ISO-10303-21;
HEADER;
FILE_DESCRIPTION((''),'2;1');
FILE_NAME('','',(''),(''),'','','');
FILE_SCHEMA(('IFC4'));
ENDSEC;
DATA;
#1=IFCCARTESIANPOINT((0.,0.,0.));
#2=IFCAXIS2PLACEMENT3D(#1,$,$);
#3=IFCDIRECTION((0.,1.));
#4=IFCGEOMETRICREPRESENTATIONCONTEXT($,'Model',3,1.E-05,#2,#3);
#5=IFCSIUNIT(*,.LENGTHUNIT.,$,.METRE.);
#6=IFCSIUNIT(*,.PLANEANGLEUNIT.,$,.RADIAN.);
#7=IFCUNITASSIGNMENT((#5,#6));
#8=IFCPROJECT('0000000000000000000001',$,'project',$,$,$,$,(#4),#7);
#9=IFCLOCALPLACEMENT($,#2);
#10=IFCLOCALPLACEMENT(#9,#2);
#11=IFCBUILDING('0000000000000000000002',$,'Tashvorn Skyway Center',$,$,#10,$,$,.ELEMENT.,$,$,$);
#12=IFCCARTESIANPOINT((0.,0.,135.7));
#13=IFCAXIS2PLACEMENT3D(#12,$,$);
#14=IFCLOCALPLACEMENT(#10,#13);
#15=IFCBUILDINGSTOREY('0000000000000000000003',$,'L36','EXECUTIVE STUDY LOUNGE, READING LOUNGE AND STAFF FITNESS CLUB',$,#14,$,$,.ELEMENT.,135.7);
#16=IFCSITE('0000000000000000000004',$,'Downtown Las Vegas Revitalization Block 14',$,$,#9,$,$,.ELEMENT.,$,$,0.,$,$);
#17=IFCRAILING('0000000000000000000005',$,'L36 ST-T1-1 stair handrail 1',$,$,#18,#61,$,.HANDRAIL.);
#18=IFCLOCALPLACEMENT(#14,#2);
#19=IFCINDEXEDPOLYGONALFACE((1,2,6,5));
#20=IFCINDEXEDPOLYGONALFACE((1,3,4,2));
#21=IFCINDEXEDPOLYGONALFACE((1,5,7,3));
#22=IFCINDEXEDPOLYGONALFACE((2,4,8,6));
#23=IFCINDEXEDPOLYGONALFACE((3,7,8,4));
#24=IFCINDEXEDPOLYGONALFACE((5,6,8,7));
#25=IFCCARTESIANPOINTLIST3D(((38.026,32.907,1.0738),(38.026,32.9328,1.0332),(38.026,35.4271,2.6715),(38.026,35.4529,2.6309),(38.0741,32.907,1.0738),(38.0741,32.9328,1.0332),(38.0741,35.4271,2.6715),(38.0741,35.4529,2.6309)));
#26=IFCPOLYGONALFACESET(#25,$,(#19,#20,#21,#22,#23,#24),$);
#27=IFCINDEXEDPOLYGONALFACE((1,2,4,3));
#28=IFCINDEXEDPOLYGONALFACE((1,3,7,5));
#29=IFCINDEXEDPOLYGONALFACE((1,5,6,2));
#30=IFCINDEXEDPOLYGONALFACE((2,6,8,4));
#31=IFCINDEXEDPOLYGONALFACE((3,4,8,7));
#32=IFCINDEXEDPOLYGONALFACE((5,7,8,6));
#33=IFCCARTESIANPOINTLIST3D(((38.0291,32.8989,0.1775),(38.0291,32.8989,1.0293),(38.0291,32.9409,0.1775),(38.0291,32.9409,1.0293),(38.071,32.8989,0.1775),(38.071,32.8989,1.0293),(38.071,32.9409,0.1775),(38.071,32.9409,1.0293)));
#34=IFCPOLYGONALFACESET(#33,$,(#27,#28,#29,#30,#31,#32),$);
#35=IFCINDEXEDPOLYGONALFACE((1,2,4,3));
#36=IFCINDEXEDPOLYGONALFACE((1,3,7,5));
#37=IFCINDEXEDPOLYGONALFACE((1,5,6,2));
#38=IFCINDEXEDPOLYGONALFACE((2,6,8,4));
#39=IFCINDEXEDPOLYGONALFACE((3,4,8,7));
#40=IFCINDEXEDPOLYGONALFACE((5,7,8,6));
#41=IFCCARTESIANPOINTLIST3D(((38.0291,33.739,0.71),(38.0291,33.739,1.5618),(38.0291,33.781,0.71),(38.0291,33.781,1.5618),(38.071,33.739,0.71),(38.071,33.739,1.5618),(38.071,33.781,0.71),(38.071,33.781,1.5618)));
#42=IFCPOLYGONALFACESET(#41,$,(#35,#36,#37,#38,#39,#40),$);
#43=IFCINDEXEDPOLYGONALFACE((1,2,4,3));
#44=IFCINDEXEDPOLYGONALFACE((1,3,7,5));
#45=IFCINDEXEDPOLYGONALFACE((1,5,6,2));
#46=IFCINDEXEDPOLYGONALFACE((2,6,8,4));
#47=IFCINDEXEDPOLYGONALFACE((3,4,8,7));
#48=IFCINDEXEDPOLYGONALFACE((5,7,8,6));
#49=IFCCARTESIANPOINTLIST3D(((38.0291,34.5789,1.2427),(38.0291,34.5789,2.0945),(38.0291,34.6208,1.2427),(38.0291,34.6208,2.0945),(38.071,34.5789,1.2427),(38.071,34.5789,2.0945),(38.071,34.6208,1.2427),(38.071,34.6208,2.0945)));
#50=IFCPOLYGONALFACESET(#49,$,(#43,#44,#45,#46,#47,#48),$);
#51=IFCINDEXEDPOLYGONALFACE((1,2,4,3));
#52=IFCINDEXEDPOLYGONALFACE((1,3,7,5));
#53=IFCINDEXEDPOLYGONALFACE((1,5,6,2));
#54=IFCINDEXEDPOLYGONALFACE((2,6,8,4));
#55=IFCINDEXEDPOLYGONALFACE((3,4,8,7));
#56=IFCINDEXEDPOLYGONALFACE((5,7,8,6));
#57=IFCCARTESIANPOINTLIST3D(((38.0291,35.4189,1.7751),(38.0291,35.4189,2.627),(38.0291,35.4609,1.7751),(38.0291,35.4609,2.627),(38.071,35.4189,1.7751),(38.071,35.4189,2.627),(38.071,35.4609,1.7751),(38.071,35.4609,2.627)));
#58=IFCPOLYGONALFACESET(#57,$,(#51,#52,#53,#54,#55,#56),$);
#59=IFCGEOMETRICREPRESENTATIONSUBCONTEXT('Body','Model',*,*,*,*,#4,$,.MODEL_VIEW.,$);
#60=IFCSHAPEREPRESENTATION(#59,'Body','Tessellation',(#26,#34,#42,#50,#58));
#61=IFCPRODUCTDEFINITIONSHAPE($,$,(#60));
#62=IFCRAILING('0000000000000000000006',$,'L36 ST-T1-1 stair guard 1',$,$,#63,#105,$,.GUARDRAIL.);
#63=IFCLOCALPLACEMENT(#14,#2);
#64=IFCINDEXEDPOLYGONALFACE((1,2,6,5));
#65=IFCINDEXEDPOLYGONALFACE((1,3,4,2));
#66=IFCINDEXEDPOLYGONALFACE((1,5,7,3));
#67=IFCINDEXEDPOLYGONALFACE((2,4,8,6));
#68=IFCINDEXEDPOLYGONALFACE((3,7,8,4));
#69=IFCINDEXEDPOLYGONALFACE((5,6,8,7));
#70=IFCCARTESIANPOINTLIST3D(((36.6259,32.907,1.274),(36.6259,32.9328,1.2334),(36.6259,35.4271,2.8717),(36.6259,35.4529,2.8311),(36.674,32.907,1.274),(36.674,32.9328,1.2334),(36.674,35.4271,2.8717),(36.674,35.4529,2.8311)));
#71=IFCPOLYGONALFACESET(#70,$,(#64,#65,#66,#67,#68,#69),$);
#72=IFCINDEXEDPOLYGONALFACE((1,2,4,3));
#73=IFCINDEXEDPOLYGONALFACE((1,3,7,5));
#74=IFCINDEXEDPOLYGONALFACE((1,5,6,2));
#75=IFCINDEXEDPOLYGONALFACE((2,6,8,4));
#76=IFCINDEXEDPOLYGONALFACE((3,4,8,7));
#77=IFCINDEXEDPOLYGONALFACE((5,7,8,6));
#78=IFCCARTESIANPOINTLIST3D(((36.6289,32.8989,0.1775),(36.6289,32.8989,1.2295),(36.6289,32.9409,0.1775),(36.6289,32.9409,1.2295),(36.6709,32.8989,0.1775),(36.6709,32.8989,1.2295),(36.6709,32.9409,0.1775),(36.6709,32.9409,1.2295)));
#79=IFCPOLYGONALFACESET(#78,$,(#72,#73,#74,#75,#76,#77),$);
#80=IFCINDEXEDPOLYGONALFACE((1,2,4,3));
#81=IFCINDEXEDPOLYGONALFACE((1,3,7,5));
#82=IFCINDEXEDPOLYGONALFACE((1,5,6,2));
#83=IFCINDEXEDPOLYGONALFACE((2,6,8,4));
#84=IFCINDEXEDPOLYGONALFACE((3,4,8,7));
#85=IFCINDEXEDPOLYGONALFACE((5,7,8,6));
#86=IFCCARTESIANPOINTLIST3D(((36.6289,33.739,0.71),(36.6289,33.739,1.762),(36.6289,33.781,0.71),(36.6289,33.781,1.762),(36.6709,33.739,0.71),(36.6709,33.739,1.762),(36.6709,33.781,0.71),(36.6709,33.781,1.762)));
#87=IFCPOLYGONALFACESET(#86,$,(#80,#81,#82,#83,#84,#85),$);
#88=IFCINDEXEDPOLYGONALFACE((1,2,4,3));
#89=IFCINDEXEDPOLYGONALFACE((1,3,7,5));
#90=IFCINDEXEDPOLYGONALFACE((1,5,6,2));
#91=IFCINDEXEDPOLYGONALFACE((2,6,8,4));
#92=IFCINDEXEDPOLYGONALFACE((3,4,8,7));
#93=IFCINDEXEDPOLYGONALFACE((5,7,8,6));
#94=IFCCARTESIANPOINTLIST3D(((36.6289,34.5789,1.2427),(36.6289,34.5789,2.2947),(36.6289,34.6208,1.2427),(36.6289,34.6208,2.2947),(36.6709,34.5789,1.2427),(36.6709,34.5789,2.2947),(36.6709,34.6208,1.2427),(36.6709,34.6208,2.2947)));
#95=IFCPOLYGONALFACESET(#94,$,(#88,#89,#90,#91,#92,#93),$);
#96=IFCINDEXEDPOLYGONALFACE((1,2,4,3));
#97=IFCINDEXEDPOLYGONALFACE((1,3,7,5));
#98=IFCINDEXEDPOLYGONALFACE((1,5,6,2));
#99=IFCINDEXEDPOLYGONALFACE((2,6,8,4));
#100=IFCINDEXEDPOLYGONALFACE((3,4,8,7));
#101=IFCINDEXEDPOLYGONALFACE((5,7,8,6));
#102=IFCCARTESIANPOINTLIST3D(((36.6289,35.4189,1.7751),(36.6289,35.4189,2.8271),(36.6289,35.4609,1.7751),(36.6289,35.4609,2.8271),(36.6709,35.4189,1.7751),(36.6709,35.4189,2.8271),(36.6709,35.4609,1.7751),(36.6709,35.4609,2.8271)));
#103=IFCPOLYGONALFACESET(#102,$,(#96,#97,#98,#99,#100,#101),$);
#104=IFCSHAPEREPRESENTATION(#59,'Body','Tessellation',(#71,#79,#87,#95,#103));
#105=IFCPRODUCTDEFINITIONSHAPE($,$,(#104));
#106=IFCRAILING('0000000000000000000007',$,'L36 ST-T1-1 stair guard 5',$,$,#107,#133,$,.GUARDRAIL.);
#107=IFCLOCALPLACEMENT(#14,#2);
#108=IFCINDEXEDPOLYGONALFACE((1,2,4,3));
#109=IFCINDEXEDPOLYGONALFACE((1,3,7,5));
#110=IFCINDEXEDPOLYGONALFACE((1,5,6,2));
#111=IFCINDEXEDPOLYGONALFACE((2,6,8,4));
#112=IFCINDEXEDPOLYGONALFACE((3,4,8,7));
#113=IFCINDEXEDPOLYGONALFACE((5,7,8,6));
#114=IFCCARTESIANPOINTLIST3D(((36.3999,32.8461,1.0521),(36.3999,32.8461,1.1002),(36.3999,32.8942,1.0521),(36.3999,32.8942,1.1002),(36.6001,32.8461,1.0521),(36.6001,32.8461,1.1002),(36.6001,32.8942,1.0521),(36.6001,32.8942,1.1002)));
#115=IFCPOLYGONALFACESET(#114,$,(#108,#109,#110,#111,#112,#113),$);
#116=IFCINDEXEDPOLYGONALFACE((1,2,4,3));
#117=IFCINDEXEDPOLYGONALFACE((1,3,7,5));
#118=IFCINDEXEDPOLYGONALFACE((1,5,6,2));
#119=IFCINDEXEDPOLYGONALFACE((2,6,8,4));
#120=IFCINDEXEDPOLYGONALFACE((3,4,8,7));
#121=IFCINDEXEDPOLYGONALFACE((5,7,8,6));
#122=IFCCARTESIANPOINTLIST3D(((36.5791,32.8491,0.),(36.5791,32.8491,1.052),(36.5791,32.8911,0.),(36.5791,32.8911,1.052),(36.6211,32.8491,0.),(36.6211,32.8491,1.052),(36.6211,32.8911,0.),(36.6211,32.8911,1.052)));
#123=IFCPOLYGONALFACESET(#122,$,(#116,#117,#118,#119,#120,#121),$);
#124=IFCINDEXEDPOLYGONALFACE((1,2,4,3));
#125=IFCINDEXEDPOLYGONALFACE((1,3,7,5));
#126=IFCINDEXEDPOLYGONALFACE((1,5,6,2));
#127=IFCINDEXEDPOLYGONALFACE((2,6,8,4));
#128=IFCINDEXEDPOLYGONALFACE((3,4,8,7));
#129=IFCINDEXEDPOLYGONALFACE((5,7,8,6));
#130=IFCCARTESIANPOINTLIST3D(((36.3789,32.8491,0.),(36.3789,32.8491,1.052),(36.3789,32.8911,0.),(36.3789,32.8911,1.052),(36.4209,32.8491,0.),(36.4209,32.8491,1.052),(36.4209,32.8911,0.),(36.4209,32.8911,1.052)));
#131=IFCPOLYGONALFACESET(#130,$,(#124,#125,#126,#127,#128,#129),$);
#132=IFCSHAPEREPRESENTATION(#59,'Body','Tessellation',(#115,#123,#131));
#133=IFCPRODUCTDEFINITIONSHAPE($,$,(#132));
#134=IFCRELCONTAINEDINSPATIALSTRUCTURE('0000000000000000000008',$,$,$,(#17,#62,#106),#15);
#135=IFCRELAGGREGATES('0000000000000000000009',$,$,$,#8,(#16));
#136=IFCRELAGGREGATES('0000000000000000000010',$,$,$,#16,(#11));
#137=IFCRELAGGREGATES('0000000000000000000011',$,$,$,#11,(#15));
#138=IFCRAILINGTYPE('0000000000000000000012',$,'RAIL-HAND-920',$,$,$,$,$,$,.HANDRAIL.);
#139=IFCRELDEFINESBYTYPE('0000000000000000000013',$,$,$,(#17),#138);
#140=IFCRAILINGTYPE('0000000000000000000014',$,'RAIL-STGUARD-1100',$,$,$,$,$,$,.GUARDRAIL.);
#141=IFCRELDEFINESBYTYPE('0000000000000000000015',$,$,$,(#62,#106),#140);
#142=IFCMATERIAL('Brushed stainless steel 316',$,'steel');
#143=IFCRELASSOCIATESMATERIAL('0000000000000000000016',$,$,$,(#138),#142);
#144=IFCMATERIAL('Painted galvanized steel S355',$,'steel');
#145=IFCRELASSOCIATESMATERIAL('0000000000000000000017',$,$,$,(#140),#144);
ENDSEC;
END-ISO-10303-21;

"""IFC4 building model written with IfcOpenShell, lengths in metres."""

from ifc_helpers import new_model, si_unit, direction, frame, origin, origin_2d, place, context, subcontext, project, spatial, rectangle, extrude, material, type_object, element, save


model = new_model("IFC4")

# Units and contexts
model_context = context("Model", 3, precision=1e-05, world=origin(), true_north=direction((0.0, 1.0)))
body_context = subcontext(model_context, "Body", "Model", "MODEL_VIEW")
ifc_project = project(units=[si_unit("LENGTHUNIT", "METRE"), si_unit("PLANEANGLEUNIT", "RADIAN")], contexts=[model_context])

# Site, building, storey
site_placement = place(None, origin())
site = spatial("IfcSite", under=ifc_project, at=site_placement, Name="Downtown Las Vegas Revitalization Block 14", CompositionType="ELEMENT", RefElevation=0.0)
building_placement = place(site_placement, origin())
building = spatial("IfcBuilding", under=site, at=building_placement, Name="Tashvorn Skyway Center", CompositionType="ELEMENT")
storey_placement = place(building_placement, frame((0.0, 0.0, 135.7)))
storey = spatial("IfcBuildingStorey", under=building, at=storey_placement, Name="L36", Description="EXECUTIVE STUDY LOUNGE, READING LOUNGE AND STAFF FITNESS CLUB", CompositionType="ELEMENT", Elevation=135.7)

# Railings
ifc_material_1 = material(Name="Brushed stainless steel 316", Category="steel")
railing_type_1 = type_object("IfcRailingType", Name="RAIL-HAND-920", PredefinedType="HANDRAIL", material=ifc_material_1)
railing_1_placement = place(storey_placement, frame((38.05, 32.9199, 0.1775)))
element("IfcRailing", 1, at=railing_1_placement, inside=storey, type_object=railing_type_1, Name="L36 ST-T1-1 stair handrail 1", PredefinedType="HANDRAIL", context=body_context, shape_type="SweptSolid", body=[
    extrude(rectangle(XDim=0.0481, YDim=0.0481, at=origin_2d()), frame((0.0, 0.0, 0.876), z_axis=(0.0, 0.84457, 0.535445), x_axis=(-1.0, 0.0, 0.0)), (0.0, 0.0, 1.0), 2.9839),
    extrude(rectangle(XDim=0.042, YDim=0.042, at=origin_2d()), origin(), (0.0, 0.0, 1.0), 0.8518),
    extrude(rectangle(XDim=0.042, YDim=0.042, at=origin_2d()), frame((0.0, 0.8401, 0.5325)), (0.0, 0.0, 1.0), 0.8518),
    extrude(rectangle(XDim=0.042, YDim=0.042, at=origin_2d()), frame((0.0, 1.6799, 1.0652)), (0.0, 0.0, 1.0), 0.8518),
    extrude(rectangle(XDim=0.042, YDim=0.042, at=origin_2d()), frame((0.0, 2.52, 1.5977)), (0.0, 0.0, 1.0), 0.8518),
])
ifc_material_2 = material(Name="Painted galvanized steel S355", Category="steel")
railing_type_2 = type_object("IfcRailingType", Name="RAIL-STGUARD-1100", PredefinedType="GUARDRAIL", material=ifc_material_2)
railing_2_placement = place(storey_placement, frame((36.6499, 32.9199, 0.1775)))
element("IfcRailing", 2, at=railing_2_placement, inside=storey, type_object=railing_type_2, Name="L36 ST-T1-1 stair guard 1", PredefinedType="GUARDRAIL", context=body_context, shape_type="SweptSolid", body=[
    extrude(rectangle(XDim=0.0481, YDim=0.0481, at=origin_2d()), frame((0.0, 0.0, 1.0762), z_axis=(0.0, 0.84457, 0.535445), x_axis=(-1.0, 0.0, 0.0)), (0.0, 0.0, 1.0), 2.9839),
    extrude(rectangle(XDim=0.042, YDim=0.042, at=origin_2d()), origin(), (0.0, 0.0, 1.0), 1.052),
    extrude(rectangle(XDim=0.042, YDim=0.042, at=origin_2d()), frame((0.0, 0.8401, 0.5325)), (0.0, 0.0, 1.0), 1.052),
    extrude(rectangle(XDim=0.042, YDim=0.042, at=origin_2d()), frame((0.0, 1.6799, 1.0652)), (0.0, 0.0, 1.0), 1.052),
    extrude(rectangle(XDim=0.042, YDim=0.042, at=origin_2d()), frame((0.0, 2.52, 1.5977)), (0.0, 0.0, 1.0), 1.052),
])
railing_3_placement = place(storey_placement, frame((36.6001, 32.8701, 0.0)))
element("IfcRailing", 3, at=railing_3_placement, inside=storey, type_object=railing_type_2, Name="L36 ST-T1-1 stair guard 5", PredefinedType="GUARDRAIL", context=body_context, shape_type="SweptSolid", body=[
    extrude(rectangle(XDim=0.0481, YDim=0.0481, at=origin_2d()), frame((0.0, 0.0, 1.0762), z_axis=(-1.0, 0.0, 0.0), x_axis=(0.0, -1.0, 0.0)), (0.0, 0.0, 1.0), 0.2002),
    extrude(rectangle(XDim=0.042, YDim=0.042, at=origin_2d()), origin(), (0.0, 0.0, 1.0), 1.052),
    extrude(rectangle(XDim=0.042, YDim=0.042, at=origin_2d()), frame((-0.2002, 0.0, 0.0)), (0.0, 0.0, 1.0), 1.052),
])

save(model, "model.ifc")
